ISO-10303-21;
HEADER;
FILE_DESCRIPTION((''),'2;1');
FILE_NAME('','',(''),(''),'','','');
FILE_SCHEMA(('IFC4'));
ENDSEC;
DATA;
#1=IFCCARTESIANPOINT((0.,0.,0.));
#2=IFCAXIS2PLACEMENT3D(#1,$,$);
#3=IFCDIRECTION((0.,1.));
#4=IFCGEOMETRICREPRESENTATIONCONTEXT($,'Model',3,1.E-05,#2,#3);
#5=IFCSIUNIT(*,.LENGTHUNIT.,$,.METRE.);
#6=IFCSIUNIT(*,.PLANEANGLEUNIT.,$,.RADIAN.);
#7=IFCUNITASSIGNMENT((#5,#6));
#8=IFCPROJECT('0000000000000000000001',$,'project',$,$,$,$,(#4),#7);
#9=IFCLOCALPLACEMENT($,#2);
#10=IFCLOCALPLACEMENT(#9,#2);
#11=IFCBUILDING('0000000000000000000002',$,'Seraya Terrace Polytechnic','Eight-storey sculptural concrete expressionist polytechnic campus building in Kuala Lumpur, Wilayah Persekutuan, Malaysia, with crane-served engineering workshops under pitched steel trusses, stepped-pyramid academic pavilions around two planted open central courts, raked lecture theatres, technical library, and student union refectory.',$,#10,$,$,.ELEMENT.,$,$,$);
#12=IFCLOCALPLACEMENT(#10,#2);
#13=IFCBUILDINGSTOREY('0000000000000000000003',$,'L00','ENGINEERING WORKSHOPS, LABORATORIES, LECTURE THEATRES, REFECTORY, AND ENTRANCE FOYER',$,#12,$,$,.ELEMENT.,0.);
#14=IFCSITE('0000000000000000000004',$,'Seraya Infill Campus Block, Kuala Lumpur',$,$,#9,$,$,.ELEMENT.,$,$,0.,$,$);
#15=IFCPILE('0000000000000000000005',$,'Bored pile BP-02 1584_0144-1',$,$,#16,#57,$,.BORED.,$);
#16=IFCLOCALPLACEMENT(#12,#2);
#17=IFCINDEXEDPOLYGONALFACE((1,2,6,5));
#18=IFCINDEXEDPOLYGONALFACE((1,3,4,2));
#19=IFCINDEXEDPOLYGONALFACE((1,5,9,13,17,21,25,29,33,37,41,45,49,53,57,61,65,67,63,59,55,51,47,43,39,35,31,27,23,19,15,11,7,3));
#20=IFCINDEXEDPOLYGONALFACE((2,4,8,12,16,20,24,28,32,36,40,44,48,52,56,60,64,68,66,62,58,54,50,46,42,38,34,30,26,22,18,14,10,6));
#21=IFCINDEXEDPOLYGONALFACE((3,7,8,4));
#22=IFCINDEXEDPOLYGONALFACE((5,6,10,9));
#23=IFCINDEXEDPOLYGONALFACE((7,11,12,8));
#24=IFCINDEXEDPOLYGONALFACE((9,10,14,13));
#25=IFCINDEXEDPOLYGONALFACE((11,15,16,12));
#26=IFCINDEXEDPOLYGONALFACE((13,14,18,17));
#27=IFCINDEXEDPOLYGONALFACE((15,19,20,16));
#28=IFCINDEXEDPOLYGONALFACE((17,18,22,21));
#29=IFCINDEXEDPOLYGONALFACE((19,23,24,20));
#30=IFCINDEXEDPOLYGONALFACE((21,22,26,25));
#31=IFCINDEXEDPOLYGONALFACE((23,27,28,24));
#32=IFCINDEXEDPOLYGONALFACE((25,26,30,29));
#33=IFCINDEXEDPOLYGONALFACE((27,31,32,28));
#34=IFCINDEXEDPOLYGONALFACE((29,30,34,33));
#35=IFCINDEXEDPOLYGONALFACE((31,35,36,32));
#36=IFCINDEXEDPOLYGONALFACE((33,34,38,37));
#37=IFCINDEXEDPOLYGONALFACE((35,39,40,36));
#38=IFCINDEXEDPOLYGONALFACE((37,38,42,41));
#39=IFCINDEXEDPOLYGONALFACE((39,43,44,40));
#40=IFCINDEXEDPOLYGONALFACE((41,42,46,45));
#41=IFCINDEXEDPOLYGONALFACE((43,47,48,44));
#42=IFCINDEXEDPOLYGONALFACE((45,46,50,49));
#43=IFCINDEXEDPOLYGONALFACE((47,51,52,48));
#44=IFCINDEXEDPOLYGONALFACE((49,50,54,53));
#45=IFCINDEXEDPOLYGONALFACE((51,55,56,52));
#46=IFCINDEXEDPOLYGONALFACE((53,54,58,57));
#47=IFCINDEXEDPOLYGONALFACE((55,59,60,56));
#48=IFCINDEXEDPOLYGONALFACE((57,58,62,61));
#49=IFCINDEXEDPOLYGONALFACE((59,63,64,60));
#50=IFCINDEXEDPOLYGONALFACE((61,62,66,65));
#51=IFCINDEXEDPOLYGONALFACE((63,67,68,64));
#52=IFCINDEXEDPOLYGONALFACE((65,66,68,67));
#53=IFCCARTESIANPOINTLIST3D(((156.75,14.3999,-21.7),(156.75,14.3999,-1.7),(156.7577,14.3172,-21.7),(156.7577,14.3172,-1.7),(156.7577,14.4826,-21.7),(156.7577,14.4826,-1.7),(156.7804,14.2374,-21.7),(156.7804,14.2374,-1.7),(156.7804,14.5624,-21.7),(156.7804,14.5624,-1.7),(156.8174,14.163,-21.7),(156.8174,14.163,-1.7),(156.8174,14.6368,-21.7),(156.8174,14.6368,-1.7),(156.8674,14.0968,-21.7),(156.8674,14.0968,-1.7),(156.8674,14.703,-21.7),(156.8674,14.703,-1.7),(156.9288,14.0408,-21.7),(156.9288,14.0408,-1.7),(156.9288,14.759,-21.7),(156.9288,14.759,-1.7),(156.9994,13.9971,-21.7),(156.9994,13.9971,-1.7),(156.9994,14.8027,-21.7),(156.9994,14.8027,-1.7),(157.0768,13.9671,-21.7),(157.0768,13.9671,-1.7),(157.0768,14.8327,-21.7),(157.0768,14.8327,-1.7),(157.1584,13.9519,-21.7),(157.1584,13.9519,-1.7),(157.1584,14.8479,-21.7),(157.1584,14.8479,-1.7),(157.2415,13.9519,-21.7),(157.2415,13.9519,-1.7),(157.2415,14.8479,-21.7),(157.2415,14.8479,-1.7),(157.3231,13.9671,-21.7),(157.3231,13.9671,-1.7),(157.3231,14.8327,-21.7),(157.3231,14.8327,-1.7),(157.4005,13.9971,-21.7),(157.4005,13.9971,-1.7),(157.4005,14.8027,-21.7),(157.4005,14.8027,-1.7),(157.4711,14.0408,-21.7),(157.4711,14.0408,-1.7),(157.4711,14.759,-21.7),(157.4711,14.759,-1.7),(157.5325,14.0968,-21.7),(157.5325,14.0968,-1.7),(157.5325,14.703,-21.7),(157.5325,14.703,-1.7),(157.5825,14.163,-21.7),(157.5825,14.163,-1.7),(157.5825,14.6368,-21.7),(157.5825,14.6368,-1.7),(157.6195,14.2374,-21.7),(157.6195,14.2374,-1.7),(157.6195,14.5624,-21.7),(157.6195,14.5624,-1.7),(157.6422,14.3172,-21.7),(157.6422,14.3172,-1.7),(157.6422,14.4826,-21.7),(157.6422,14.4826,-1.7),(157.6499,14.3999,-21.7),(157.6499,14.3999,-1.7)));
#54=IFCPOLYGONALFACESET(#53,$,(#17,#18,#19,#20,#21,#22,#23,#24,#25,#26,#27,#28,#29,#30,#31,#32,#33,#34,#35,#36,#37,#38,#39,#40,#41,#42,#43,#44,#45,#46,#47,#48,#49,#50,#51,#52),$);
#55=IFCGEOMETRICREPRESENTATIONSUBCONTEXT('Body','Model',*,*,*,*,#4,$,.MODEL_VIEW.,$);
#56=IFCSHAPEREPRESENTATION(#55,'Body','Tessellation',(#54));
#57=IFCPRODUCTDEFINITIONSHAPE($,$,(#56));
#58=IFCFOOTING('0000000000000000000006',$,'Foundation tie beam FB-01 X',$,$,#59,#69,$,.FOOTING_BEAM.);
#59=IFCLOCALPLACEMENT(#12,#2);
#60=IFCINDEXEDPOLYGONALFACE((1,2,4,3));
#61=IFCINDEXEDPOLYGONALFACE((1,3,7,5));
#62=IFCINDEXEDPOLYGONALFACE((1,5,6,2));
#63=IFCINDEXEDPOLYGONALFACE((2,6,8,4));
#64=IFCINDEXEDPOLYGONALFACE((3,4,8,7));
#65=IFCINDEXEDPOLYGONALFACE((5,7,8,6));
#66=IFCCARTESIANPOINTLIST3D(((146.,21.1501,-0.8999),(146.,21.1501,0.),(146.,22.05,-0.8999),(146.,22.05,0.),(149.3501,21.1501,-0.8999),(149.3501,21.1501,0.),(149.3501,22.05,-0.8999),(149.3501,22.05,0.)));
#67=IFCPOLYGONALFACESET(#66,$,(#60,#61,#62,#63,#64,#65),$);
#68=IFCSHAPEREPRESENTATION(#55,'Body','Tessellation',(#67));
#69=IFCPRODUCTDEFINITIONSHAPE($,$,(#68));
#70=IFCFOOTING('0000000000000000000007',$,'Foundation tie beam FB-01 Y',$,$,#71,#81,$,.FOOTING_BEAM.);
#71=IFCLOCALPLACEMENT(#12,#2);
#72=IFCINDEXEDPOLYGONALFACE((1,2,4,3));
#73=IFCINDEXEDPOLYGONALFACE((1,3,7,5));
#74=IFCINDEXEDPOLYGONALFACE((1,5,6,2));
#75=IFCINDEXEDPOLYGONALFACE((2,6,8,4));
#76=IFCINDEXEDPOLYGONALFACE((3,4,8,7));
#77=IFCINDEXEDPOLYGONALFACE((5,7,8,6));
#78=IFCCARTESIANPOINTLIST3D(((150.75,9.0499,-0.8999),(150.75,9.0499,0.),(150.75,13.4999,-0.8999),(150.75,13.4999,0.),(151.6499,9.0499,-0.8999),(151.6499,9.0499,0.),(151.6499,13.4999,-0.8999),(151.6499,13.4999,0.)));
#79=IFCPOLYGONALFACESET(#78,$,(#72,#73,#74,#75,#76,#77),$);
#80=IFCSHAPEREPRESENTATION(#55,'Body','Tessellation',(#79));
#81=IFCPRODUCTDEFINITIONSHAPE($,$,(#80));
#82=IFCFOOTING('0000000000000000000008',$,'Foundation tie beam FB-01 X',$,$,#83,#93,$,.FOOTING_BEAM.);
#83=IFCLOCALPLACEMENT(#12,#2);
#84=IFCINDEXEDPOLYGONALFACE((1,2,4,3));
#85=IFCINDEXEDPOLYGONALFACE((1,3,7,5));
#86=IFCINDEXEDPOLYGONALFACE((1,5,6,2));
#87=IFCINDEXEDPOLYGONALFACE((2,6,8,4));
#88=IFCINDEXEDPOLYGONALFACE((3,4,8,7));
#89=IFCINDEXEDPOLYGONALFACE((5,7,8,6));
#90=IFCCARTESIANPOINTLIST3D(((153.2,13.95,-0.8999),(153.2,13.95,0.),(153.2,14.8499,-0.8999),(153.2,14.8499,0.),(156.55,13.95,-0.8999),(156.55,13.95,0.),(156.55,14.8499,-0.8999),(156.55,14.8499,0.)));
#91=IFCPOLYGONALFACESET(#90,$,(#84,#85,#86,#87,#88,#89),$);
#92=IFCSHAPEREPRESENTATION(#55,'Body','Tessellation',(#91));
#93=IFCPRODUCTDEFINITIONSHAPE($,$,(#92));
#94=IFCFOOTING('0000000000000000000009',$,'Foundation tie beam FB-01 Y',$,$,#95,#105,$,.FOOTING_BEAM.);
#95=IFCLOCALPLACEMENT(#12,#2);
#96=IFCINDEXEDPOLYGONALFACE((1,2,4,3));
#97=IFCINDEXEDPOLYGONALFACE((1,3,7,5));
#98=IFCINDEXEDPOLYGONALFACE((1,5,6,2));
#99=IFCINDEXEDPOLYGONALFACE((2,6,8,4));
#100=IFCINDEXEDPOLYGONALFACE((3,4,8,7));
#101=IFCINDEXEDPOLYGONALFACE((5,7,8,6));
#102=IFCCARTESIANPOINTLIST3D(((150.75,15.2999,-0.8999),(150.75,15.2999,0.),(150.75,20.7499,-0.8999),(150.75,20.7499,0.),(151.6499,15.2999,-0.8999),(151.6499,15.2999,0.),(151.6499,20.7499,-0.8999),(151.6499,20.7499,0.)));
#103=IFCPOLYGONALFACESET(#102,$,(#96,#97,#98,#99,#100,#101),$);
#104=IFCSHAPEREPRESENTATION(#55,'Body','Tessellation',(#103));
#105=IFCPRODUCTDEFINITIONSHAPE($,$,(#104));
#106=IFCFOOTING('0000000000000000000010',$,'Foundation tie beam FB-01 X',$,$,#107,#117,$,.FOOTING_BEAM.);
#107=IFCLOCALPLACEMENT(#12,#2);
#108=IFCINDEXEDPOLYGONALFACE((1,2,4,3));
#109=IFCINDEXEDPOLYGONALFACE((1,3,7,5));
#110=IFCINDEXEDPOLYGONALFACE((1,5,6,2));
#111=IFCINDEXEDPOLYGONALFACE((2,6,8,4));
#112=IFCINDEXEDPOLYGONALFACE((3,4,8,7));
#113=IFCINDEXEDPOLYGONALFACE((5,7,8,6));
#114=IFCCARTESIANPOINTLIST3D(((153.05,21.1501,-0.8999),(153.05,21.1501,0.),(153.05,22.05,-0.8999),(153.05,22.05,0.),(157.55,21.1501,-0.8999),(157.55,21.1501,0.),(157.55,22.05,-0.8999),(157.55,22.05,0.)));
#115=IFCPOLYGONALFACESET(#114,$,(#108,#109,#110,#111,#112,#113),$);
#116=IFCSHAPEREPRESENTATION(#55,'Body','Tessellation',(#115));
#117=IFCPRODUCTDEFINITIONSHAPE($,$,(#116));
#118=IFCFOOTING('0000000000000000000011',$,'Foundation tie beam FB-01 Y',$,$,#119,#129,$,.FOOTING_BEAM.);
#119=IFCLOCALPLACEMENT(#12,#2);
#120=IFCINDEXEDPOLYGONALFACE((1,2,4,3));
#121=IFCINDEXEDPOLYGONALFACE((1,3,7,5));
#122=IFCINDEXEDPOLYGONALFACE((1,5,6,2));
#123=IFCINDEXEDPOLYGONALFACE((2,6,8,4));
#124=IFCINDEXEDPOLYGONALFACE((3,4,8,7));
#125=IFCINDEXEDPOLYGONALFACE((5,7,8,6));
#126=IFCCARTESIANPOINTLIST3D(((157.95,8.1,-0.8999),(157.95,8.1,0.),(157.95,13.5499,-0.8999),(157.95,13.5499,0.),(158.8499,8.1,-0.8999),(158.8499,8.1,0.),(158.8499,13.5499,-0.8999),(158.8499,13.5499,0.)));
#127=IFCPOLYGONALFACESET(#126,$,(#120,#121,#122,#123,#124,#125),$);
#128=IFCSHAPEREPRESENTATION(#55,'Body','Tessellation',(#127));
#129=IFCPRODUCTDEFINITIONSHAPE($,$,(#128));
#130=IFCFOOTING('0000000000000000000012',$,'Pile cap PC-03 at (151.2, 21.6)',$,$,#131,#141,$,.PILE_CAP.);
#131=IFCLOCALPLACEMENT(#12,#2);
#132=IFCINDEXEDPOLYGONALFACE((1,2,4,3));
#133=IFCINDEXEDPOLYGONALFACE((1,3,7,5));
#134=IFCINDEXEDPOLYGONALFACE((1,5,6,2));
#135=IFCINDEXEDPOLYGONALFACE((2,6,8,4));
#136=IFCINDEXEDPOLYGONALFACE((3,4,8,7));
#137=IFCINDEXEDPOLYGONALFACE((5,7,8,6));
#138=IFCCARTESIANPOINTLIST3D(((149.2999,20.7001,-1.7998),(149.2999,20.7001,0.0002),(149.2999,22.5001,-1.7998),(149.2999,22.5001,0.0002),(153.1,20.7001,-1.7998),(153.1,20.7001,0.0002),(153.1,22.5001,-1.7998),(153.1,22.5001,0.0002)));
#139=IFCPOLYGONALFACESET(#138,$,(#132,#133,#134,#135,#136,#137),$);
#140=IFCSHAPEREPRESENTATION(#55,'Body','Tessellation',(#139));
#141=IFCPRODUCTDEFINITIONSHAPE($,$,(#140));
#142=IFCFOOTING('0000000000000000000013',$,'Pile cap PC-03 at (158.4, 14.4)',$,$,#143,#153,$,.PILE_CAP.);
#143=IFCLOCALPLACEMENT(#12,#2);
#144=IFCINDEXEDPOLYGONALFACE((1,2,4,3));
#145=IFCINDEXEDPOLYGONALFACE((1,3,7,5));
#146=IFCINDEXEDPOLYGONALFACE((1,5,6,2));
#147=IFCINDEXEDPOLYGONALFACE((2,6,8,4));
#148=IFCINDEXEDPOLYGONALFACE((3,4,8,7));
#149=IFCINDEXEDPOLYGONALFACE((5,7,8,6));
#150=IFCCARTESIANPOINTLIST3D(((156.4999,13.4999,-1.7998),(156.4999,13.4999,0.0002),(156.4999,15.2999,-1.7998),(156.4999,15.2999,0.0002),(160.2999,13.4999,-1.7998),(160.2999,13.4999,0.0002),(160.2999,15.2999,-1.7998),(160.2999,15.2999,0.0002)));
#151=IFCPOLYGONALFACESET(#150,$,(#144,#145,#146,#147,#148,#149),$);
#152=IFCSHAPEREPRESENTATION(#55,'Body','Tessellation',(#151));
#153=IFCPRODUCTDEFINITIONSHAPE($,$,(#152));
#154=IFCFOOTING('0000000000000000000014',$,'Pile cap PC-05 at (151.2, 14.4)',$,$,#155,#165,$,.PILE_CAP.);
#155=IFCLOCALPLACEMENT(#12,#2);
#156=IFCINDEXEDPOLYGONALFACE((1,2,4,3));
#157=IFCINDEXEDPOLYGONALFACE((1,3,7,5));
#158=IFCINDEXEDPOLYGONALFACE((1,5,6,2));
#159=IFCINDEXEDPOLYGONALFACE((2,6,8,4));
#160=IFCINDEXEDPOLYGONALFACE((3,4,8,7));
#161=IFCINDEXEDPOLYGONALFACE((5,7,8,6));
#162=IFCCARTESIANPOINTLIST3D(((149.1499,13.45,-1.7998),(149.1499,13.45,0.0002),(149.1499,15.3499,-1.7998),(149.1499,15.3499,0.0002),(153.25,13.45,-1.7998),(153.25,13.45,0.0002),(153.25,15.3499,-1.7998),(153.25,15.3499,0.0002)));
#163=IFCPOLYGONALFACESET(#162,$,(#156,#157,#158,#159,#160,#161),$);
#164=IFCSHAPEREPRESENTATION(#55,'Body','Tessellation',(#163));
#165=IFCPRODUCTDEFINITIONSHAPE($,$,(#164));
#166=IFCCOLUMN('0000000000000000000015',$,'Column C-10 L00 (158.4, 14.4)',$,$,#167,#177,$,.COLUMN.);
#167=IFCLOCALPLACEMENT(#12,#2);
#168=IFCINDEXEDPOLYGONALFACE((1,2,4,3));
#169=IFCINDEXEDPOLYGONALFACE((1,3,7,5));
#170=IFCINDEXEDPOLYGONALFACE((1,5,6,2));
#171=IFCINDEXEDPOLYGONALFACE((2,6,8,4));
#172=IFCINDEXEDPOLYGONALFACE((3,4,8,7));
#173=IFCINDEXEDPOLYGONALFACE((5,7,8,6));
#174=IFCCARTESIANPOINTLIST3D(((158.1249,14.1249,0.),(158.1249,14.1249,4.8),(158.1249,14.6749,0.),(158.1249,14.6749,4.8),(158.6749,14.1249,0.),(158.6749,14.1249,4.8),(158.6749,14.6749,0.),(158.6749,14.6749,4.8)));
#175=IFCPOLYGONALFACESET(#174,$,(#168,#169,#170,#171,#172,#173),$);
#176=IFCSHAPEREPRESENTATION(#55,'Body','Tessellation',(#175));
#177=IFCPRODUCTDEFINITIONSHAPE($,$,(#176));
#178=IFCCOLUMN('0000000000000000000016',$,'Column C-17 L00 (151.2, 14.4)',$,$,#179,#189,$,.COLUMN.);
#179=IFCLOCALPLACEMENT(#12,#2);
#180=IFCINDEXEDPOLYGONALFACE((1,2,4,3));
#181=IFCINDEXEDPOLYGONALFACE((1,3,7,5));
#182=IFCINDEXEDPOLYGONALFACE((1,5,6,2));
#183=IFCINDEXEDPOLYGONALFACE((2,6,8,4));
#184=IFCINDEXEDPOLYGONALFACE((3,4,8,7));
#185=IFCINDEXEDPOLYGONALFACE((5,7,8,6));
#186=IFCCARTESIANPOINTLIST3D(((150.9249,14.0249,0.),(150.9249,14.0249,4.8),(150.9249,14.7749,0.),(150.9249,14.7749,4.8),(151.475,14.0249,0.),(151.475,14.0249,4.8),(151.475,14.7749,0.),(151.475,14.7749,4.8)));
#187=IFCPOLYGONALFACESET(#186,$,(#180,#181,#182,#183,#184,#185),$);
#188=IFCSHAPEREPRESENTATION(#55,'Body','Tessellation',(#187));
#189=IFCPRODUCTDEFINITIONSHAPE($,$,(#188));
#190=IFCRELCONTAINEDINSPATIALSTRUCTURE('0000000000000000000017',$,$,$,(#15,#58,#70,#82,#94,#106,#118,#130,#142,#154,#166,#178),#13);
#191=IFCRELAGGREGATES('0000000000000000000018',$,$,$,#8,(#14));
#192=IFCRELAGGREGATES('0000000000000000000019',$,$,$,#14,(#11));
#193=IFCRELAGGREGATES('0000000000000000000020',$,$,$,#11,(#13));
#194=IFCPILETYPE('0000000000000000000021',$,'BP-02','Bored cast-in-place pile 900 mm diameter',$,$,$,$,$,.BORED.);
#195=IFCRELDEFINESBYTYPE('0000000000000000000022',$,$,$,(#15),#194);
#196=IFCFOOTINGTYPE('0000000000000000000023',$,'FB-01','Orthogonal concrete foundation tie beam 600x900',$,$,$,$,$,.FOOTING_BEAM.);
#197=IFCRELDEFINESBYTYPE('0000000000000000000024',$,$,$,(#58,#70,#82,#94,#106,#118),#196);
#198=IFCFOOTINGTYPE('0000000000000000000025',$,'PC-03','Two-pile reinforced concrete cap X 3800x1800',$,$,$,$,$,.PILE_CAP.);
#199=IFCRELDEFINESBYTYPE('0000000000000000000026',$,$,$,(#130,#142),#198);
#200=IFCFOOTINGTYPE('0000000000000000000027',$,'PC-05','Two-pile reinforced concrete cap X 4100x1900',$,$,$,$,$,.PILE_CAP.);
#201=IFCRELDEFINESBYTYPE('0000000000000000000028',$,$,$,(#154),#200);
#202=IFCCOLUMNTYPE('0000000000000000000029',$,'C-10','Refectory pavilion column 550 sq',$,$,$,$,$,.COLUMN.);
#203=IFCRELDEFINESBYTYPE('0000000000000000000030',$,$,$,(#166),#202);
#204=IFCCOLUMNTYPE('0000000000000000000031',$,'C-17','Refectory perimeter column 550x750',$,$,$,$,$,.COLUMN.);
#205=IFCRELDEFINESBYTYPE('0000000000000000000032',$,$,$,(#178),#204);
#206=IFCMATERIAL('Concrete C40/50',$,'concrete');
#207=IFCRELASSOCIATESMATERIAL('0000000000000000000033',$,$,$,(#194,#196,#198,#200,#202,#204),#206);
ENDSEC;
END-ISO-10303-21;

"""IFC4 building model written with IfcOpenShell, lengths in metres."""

from ifc_helpers import new_model, si_unit, direction, frame, origin, origin_2d, place, context, subcontext, project, spatial, rectangle, circle, extrude, material, material_profile, profile_set, type_object, element, save


model = new_model("IFC4")

# Units and contexts
model_context = context("Model", 3, precision=1e-05, world=origin(), true_north=direction((0.0, 1.0)))
body_context = subcontext(model_context, "Body", "Model", "MODEL_VIEW")
ifc_project = project(units=[si_unit("LENGTHUNIT", "METRE"), si_unit("PLANEANGLEUNIT", "RADIAN")], contexts=[model_context])

# Site, building, storey
site_placement = place(None, origin())
site = spatial("IfcSite", under=ifc_project, at=site_placement, Name="Seraya Infill Campus Block, Kuala Lumpur", CompositionType="ELEMENT", RefElevation=0.0)
building_placement = place(site_placement, origin())
building = spatial("IfcBuilding", under=site, at=building_placement, Name="Seraya Terrace Polytechnic", Description="Eight-storey sculptural concrete expressionist polytechnic campus building in Kuala Lumpur, Wilayah Persekutuan, Malaysia, with crane-served engineering workshops under pitched steel trusses, stepped-pyramid academic pavilions around two planted open central courts, raked lecture theatres, technical library, and student union refectory.", CompositionType="ELEMENT")
storey_placement = place(building_placement, origin())
storey = spatial("IfcBuildingStorey", under=building, at=storey_placement, Name="L00", Description="ENGINEERING WORKSHOPS, LABORATORIES, LECTURE THEATRES, REFECTORY, AND ENTRANCE FOYER", CompositionType="ELEMENT", Elevation=0.0)

# Pile
ifc_material_1 = material(Name="Concrete C40/50", Category="concrete")
ifc_material_profile_1 = material_profile(ifc_material_1, circle(Radius=0.45, at=origin_2d()), Name="DIA 900")
ifc_profile_set_1 = profile_set([ifc_material_profile_1], Name="Concrete C40/50")
pile_type = type_object("IfcPileType", Name="BP-02", Description="Bored cast-in-place pile 900 mm diameter", PredefinedType="BORED", material=ifc_profile_set_1)
for number, where, z_axis, x_axis, name in (
    (1, (157.2, 14.3999, -1.7), (0.0, 0.0, -1.0), (1.0, 0.0, 0.0), "Bored pile BP-02 1584_0144-1"),
):
    element("IfcPile", number, at=place(storey_placement, frame(where, z_axis=z_axis, x_axis=x_axis)), inside=storey, type_object=pile_type, Name=name, PredefinedType="BORED", context=body_context, shape_type="SweptSolid", body=[
        extrude(circle(Radius=0.45, at=origin_2d()), origin(), (0.0, 0.0, 1.0), 20.0),
    ])

# Footings
footing_type_1 = type_object("IfcFootingType", Name="FB-01", Description="Orthogonal concrete foundation tie beam 600x900", PredefinedType="FOOTING_BEAM", material=ifc_material_1)
footing_1_placement = place(storey_placement, frame((147.675, 21.6001, -0.8999), z_axis=(0.0, 0.0, 1.0), x_axis=(1.0, 0.0, 0.0)))
element("IfcFooting", 2, at=footing_1_placement, inside=storey, type_object=footing_type_1, Name="Foundation tie beam FB-01 X", PredefinedType="FOOTING_BEAM", context=body_context, shape_type="SweptSolid", body=[
    extrude(rectangle(XDim=3.3501, YDim=0.8999, at=origin_2d()), origin(), (0.0, 0.0, 1.0), 0.8999),
])
footing_2_placement = place(storey_placement, frame((151.2, 11.2749, -0.8999), z_axis=(0.0, 0.0, 1.0), x_axis=(0.0, 1.0, 0.0)))
element("IfcFooting", 3, at=footing_2_placement, inside=storey, type_object=footing_type_1, Name="Foundation tie beam FB-01 Y", PredefinedType="FOOTING_BEAM", context=body_context, shape_type="SweptSolid", body=[
    extrude(rectangle(XDim=4.45, YDim=0.8999, at=origin_2d()), origin(), (0.0, 0.0, 1.0), 0.8999),
])
footing_3_placement = place(storey_placement, frame((154.875, 14.3999, -0.8999), z_axis=(0.0, 0.0, 1.0), x_axis=(1.0, 0.0, 0.0)))
element("IfcFooting", 4, at=footing_3_placement, inside=storey, type_object=footing_type_1, Name="Foundation tie beam FB-01 X", PredefinedType="FOOTING_BEAM", context=body_context, shape_type="SweptSolid", body=[
    extrude(rectangle(XDim=3.3501, YDim=0.8999, at=origin_2d()), origin(), (0.0, 0.0, 1.0), 0.8999),
])
footing_4_placement = place(storey_placement, frame((151.2, 18.0249, -0.8999), z_axis=(0.0, 0.0, 1.0), x_axis=(0.0, 1.0, 0.0)))
element("IfcFooting", 5, at=footing_4_placement, inside=storey, type_object=footing_type_1, Name="Foundation tie beam FB-01 Y", PredefinedType="FOOTING_BEAM", context=body_context, shape_type="SweptSolid", body=[
    extrude(rectangle(XDim=5.45, YDim=0.8999, at=origin_2d()), origin(), (0.0, 0.0, 1.0), 0.8999),
])
footing_5_placement = place(storey_placement, frame((155.3, 21.6001, -0.8999), z_axis=(0.0, 0.0, 1.0), x_axis=(1.0, 0.0, 0.0)))
element("IfcFooting", 6, at=footing_5_placement, inside=storey, type_object=footing_type_1, Name="Foundation tie beam FB-01 X", PredefinedType="FOOTING_BEAM", context=body_context, shape_type="SweptSolid", body=[
    extrude(rectangle(XDim=4.5, YDim=0.8999, at=origin_2d()), origin(), (0.0, 0.0, 1.0), 0.8999),
])
footing_6_placement = place(storey_placement, frame((158.3999, 10.825, -0.8999), z_axis=(0.0, 0.0, 1.0), x_axis=(0.0, 1.0, 0.0)))
element("IfcFooting", 7, at=footing_6_placement, inside=storey, type_object=footing_type_1, Name="Foundation tie beam FB-01 Y", PredefinedType="FOOTING_BEAM", context=body_context, shape_type="SweptSolid", body=[
    extrude(rectangle(XDim=5.45, YDim=0.8999, at=origin_2d()), origin(), (0.0, 0.0, 1.0), 0.8999),
])
footing_type_2 = type_object("IfcFootingType", Name="PC-03", Description="Two-pile reinforced concrete cap X 3800x1800", PredefinedType="PILE_CAP", material=ifc_material_1)
for number, where, z_axis, x_axis, name in (
    (8, (151.2, 21.6001, -1.7998), (0.0, 0.0, 1.0), (1.0, 0.0, 0.0), "Pile cap PC-03 at (151.2, 21.6)"),
    (9, (158.3999, 14.3999, -1.7998), (0.0, 0.0, 1.0), (1.0, 0.0, 0.0), "Pile cap PC-03 at (158.4, 14.4)"),
):
    element("IfcFooting", number, at=place(storey_placement, frame(where, z_axis=z_axis, x_axis=x_axis)), inside=storey, type_object=footing_type_2, Name=name, PredefinedType="PILE_CAP", context=body_context, shape_type="SweptSolid", body=[
        extrude(rectangle(XDim=3.8, YDim=1.8, at=origin_2d()), origin(), (0.0, 0.0, 1.0), 1.8),
    ])
footing_type_3 = type_object("IfcFootingType", Name="PC-05", Description="Two-pile reinforced concrete cap X 4100x1900", PredefinedType="PILE_CAP", material=ifc_material_1)
footing_7_placement = place(storey_placement, frame((151.2, 14.3999, -1.7998), z_axis=(0.0, 0.0, 1.0), x_axis=(1.0, 0.0, 0.0)))
element("IfcFooting", 10, at=footing_7_placement, inside=storey, type_object=footing_type_3, Name="Pile cap PC-05 at (151.2, 14.4)", PredefinedType="PILE_CAP", context=body_context, shape_type="SweptSolid", body=[
    extrude(rectangle(XDim=4.1001, YDim=1.8999, at=origin_2d()), origin(), (0.0, 0.0, 1.0), 1.8),
])

# Columns
ifc_material_profile_2 = material_profile(ifc_material_1, rectangle(XDim=0.55, YDim=0.55, at=origin_2d()), Name="RC 550x550")
ifc_profile_set_2 = profile_set([ifc_material_profile_2], Name="Concrete C40/50")
column_type_1 = type_object("IfcColumnType", Name="C-10", Description="Refectory pavilion column 550 sq", PredefinedType="COLUMN", material=ifc_profile_set_2)
column_placement = place(storey_placement, frame((158.3999, 14.3999, 0.0), z_axis=(0.0, 0.0, 1.0), x_axis=(1.0, 0.0, 0.0)))
element("IfcColumn", 11, at=column_placement, inside=storey, type_object=column_type_1, Name="Column C-10 L00 (158.4, 14.4)", PredefinedType="COLUMN", context=body_context, shape_type="SweptSolid", body=[
    extrude(rectangle(XDim=0.55, YDim=0.55, at=origin_2d()), origin(), (0.0, 0.0, 1.0), 4.8),
])
ifc_material_profile_3 = material_profile(ifc_material_1, rectangle(XDim=0.55, YDim=0.75, at=origin_2d()), Name="RC 550x750")
ifc_profile_set_3 = profile_set([ifc_material_profile_3], Name="Concrete C40/50")
column_type_2 = type_object("IfcColumnType", Name="C-17", Description="Refectory perimeter column 550x750", PredefinedType="COLUMN", material=ifc_profile_set_3)
for number, where, z_axis, x_axis, name in (
    (12, (151.2, 14.3999, 0.0), (0.0, 0.0, 1.0), (1.0, 0.0, 0.0), "Column C-17 L00 (151.2, 14.4)"),
):
    element("IfcColumn", number, at=place(storey_placement, frame(where, z_axis=z_axis, x_axis=x_axis)), inside=storey, type_object=column_type_2, Name=name, PredefinedType="COLUMN", context=body_context, shape_type="SweptSolid", body=[
        extrude(rectangle(XDim=0.55, YDim=0.75, at=origin_2d()), origin(), (0.0, 0.0, 1.0), 4.8),
    ])

save(model, "model.ifc")
